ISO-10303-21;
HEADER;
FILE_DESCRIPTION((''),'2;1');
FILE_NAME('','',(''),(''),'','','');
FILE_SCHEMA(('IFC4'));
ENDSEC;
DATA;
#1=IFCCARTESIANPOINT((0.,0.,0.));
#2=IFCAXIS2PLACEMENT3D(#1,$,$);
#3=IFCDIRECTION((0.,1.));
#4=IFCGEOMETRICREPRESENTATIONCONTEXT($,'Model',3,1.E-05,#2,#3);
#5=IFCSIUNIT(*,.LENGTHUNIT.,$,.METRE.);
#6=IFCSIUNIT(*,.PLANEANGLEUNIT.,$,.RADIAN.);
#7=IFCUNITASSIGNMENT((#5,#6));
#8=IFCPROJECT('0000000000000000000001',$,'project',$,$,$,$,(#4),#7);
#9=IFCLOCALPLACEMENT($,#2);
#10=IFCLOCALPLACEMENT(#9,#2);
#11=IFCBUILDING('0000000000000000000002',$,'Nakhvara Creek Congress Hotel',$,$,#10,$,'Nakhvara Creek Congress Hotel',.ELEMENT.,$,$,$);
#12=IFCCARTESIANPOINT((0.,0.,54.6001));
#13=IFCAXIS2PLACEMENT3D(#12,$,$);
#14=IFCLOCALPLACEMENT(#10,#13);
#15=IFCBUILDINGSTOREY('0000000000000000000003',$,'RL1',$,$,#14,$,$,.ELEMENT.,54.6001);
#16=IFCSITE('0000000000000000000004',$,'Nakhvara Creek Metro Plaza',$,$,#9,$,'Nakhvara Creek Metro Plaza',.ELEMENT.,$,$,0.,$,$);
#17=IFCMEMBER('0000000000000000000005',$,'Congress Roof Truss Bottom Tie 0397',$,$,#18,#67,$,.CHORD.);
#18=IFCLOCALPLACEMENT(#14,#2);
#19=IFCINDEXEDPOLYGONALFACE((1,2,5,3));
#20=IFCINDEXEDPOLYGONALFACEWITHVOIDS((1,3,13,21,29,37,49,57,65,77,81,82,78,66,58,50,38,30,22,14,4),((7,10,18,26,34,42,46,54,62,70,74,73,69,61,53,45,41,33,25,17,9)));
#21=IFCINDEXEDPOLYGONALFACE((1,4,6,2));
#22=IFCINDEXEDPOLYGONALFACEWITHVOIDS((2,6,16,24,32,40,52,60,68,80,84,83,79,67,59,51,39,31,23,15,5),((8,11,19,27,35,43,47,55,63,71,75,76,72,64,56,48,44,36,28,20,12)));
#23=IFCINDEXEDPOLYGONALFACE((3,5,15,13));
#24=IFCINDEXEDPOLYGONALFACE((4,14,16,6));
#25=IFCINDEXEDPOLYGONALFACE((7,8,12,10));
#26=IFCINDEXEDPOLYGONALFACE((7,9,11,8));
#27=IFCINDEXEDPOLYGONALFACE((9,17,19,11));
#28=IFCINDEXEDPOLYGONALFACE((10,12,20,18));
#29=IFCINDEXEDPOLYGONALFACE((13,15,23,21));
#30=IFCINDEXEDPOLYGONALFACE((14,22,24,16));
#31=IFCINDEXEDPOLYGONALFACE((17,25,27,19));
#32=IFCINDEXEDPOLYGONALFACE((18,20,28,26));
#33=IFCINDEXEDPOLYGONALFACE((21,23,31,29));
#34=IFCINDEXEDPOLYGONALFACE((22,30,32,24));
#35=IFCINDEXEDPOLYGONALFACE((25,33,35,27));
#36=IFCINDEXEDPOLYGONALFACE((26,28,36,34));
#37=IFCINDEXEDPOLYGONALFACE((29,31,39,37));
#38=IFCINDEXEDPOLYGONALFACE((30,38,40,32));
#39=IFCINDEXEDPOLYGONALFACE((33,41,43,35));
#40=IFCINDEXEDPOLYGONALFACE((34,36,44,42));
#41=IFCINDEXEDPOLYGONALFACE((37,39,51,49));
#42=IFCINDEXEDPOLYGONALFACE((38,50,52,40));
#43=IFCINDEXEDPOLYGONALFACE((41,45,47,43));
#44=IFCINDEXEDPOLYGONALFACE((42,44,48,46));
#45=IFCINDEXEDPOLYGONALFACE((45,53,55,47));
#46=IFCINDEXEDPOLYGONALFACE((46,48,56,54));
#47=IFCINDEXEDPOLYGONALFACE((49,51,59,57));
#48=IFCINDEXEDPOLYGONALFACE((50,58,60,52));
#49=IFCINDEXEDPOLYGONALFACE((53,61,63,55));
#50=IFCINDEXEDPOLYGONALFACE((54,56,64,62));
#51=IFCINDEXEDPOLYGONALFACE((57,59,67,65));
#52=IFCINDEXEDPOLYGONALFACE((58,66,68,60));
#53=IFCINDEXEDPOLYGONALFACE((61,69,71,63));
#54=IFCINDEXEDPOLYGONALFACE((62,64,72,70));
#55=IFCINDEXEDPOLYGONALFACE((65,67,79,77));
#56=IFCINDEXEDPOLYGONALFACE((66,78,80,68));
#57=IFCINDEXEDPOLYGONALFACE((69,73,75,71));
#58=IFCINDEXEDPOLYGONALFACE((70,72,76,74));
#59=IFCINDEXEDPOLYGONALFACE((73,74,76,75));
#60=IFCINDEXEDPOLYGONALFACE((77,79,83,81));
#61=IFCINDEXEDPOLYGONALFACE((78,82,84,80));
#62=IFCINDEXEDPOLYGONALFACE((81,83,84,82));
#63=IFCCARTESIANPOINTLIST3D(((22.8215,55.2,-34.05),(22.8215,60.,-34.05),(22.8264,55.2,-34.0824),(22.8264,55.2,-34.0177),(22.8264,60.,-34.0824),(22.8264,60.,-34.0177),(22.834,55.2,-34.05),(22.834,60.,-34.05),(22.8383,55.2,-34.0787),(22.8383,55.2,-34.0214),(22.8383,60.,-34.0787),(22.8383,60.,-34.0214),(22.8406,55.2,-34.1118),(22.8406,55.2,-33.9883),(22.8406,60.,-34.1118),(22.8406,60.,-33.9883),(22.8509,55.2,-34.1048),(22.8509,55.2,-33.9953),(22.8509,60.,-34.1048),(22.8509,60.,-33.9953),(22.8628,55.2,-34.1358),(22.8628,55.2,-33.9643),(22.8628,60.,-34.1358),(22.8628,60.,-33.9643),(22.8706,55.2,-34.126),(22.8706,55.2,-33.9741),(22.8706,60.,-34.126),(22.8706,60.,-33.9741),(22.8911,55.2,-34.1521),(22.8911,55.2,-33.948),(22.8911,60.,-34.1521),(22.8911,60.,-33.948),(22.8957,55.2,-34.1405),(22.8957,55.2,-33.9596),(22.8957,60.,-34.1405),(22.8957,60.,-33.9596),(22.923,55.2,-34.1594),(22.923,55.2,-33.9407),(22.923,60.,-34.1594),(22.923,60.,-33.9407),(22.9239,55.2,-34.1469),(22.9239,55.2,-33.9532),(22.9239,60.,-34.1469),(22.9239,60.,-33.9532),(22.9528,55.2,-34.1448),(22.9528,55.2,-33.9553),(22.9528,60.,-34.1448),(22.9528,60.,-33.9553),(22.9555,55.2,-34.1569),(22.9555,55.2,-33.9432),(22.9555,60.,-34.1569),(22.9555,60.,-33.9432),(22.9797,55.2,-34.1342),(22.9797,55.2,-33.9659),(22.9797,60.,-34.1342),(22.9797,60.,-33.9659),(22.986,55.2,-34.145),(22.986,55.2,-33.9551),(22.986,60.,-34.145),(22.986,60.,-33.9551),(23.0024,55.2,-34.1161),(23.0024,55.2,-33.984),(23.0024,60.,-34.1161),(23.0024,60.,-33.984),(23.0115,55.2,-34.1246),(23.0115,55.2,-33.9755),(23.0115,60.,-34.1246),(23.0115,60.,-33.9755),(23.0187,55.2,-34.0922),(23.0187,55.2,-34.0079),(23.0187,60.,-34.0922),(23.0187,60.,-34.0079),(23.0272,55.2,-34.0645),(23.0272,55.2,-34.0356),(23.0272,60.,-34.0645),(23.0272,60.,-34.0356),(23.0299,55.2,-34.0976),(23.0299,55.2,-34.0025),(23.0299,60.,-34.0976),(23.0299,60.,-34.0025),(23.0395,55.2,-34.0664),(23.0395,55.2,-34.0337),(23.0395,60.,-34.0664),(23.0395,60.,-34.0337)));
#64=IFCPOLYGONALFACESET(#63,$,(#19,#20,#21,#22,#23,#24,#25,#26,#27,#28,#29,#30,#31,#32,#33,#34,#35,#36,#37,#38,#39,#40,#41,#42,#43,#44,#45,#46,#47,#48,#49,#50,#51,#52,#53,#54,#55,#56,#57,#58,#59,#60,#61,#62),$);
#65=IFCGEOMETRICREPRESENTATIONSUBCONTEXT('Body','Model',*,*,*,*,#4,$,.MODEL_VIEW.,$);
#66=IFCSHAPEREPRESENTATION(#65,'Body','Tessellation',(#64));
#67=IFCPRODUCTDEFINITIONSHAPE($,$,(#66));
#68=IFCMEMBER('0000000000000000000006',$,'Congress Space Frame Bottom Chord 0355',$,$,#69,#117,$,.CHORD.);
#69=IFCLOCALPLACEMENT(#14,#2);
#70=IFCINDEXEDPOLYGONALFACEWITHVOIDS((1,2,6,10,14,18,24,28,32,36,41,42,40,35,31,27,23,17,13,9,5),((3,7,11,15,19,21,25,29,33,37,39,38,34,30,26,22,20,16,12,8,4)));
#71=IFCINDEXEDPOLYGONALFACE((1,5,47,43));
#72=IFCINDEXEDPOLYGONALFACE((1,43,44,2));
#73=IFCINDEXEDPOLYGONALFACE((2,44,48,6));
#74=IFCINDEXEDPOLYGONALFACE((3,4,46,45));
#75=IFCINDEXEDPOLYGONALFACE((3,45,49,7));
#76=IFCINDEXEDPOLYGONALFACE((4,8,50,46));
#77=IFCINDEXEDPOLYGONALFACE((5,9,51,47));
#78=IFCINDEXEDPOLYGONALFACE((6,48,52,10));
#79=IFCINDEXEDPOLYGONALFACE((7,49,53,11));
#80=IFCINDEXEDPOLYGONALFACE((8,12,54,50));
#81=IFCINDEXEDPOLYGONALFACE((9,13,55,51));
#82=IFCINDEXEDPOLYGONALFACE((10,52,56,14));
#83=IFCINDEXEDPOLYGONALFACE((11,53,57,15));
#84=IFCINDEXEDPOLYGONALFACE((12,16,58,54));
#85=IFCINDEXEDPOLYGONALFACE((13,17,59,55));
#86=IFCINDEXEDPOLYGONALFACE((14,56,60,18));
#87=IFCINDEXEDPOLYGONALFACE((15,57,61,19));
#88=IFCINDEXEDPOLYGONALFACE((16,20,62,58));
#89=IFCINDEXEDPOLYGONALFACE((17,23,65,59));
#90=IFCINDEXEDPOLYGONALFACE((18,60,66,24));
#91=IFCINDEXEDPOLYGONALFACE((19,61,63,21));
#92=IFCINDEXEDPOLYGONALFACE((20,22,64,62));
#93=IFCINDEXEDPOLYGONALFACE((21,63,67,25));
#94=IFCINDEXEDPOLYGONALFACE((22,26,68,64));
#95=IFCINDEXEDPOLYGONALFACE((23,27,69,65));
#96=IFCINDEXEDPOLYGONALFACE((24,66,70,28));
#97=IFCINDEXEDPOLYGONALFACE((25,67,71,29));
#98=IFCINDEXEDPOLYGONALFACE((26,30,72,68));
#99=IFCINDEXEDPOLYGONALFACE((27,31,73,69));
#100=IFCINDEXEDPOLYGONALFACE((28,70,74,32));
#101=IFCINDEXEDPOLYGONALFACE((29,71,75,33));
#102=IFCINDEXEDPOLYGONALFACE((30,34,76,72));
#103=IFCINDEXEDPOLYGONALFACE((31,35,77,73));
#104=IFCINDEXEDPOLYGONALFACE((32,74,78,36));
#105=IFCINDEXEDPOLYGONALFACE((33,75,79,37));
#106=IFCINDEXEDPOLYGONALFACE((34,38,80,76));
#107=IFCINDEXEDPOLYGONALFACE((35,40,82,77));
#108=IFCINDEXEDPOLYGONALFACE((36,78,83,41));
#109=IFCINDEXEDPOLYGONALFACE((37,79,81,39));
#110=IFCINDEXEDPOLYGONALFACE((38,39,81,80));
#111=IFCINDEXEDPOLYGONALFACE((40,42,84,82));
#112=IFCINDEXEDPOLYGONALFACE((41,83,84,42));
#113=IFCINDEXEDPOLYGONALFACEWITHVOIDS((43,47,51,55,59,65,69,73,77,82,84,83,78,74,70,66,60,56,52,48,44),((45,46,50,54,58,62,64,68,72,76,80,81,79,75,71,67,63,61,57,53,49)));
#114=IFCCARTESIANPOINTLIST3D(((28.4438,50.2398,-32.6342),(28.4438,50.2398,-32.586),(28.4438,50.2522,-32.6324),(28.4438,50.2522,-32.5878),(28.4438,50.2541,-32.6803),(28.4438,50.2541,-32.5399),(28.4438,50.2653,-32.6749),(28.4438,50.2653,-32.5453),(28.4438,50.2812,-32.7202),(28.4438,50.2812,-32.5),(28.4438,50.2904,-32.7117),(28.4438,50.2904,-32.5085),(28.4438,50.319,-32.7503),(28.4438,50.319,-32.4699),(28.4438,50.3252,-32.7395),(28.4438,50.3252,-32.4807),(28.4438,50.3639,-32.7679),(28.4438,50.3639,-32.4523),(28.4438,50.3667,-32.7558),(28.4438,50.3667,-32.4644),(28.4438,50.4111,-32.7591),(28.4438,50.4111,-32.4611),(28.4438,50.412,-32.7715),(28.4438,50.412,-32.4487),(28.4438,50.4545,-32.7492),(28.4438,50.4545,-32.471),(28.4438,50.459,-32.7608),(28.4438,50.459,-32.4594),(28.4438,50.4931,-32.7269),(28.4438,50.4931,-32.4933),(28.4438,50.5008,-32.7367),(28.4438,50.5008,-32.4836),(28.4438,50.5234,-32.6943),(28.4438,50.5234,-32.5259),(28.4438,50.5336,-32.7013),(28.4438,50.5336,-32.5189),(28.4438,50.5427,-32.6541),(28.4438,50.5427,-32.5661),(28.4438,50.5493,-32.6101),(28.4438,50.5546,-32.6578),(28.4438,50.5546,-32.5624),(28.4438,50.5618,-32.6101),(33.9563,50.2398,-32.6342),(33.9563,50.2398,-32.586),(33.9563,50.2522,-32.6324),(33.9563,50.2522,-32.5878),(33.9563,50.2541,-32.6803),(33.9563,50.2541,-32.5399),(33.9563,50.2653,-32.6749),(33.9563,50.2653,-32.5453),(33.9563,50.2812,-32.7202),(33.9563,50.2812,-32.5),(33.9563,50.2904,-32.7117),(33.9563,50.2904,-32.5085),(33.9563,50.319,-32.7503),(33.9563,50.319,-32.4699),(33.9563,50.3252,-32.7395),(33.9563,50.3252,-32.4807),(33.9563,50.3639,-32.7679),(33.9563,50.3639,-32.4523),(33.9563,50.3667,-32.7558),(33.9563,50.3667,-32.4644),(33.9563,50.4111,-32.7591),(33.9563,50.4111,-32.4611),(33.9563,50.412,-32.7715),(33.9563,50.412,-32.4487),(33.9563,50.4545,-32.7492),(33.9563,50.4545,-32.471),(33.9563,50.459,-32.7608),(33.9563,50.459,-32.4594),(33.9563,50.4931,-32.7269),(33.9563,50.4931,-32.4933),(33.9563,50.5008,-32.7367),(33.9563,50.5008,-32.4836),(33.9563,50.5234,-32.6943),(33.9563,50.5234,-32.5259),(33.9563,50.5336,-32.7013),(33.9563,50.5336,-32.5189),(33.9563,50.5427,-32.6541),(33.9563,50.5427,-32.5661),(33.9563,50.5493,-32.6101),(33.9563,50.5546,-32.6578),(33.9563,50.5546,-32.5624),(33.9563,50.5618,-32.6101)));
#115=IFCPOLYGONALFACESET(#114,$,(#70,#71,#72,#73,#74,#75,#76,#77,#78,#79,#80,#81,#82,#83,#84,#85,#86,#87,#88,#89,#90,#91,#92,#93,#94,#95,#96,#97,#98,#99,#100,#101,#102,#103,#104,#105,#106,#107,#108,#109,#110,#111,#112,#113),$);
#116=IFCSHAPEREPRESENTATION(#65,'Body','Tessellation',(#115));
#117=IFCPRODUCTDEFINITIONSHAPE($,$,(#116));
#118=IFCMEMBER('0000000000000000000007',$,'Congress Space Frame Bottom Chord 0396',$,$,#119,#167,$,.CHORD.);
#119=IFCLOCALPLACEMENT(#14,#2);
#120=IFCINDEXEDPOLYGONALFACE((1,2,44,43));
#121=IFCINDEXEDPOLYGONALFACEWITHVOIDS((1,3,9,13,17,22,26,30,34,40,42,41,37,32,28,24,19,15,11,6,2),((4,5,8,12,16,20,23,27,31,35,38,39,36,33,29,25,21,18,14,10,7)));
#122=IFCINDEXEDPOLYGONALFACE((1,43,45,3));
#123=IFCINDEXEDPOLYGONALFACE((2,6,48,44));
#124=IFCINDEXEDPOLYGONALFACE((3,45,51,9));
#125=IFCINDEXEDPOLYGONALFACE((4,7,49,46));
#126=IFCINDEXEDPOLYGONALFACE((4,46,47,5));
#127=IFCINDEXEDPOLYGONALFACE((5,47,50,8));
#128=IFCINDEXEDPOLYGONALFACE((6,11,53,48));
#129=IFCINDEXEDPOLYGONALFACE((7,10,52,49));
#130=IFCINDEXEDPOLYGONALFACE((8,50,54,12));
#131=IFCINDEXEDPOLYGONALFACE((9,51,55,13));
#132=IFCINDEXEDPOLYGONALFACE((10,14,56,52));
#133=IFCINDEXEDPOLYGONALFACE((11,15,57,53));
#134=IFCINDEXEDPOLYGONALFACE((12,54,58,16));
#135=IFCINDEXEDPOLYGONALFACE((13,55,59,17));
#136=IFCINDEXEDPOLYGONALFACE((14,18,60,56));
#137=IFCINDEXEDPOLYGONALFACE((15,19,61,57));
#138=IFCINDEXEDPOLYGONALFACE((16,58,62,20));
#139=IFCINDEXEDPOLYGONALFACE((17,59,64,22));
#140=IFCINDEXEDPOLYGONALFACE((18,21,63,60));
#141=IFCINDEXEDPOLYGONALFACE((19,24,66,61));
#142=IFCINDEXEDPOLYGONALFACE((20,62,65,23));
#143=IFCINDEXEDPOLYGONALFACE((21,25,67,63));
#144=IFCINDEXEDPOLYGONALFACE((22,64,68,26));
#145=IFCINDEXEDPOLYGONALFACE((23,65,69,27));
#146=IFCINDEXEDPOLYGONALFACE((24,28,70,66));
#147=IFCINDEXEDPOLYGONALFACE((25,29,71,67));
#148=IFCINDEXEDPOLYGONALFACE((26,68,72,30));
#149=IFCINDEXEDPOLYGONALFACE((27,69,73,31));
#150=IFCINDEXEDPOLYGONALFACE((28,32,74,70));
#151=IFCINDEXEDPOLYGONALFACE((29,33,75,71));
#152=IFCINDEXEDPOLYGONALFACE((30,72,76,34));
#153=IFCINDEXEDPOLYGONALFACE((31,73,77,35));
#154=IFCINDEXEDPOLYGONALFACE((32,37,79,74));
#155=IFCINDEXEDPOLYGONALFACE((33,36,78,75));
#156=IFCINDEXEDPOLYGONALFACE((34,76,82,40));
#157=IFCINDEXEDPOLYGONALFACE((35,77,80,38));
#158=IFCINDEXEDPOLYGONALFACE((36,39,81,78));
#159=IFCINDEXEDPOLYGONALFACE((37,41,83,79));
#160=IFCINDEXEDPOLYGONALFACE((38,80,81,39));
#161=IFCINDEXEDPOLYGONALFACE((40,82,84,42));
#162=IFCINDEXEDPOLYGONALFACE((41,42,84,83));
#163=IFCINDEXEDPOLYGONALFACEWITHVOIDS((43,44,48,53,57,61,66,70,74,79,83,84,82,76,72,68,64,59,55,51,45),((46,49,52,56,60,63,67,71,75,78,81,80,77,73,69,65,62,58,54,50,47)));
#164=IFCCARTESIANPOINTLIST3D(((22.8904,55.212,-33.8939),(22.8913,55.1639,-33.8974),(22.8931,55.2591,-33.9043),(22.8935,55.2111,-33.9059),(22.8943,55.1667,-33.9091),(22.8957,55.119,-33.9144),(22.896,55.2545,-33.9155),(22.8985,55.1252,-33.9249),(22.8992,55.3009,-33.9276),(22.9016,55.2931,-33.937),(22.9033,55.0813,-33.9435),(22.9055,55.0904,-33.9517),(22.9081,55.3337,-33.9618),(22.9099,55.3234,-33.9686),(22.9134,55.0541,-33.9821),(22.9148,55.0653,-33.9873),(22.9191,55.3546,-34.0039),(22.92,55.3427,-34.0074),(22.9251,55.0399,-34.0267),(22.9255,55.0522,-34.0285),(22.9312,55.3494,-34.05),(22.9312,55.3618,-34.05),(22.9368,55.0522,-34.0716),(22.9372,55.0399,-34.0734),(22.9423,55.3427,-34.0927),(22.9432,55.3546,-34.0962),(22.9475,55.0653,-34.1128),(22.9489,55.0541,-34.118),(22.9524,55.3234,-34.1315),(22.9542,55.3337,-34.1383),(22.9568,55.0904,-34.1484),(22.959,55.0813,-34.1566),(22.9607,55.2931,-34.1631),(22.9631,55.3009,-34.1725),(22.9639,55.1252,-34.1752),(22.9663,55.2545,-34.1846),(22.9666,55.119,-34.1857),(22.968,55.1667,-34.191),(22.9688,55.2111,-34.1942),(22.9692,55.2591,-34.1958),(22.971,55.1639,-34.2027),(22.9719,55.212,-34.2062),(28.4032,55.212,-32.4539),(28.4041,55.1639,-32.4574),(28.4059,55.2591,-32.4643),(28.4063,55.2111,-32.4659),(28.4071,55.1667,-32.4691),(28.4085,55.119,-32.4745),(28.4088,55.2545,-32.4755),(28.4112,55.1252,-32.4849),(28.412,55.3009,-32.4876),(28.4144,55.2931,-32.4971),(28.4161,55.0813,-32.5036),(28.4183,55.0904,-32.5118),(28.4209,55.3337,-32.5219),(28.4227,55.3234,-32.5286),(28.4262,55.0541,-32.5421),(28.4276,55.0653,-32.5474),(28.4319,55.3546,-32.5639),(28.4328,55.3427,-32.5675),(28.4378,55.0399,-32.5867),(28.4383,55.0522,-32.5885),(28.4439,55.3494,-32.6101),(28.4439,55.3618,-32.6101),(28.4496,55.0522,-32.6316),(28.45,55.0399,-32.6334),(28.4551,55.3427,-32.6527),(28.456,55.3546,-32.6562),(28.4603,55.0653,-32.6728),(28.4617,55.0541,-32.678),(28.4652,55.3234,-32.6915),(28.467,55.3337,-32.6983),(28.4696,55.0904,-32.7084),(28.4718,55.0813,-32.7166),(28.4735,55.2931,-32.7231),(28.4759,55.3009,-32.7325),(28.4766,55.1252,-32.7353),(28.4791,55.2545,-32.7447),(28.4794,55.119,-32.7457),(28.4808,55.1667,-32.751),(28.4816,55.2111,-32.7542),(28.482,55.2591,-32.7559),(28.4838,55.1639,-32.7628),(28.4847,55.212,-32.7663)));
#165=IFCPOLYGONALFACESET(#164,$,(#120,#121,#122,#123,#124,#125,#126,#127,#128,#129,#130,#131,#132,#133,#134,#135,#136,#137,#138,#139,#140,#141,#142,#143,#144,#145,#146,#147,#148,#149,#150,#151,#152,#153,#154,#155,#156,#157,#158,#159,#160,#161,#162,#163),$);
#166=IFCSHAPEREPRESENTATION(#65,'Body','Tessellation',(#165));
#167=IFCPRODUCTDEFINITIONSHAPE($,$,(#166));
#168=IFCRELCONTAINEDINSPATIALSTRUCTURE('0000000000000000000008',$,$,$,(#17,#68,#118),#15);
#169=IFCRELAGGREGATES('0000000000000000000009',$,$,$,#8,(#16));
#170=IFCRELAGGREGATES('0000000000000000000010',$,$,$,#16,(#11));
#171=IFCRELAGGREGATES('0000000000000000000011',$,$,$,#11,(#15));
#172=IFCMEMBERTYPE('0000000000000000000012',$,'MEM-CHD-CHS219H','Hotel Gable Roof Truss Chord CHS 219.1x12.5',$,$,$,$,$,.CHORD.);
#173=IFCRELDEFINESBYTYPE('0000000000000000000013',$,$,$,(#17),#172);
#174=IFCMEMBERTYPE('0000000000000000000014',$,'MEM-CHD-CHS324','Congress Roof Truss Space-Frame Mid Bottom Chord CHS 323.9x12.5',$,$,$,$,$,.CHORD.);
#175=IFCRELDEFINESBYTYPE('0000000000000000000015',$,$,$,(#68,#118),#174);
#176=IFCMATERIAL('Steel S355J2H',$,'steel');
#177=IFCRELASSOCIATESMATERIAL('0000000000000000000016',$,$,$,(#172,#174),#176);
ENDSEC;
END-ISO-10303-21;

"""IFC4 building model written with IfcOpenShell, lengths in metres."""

from ifc_helpers import new_model, si_unit, direction, frame, origin, origin_2d, place, context, subcontext, project, spatial, hollow_circle, extrude, material, material_profile, profile_set, type_object, element, save


model = new_model("IFC4")

# Units and contexts
model_context = context("Model", 3, precision=1e-05, world=origin(), true_north=direction((0.0, 1.0)))
body_context = subcontext(model_context, "Body", "Model", "MODEL_VIEW")
ifc_project = project(units=[si_unit("LENGTHUNIT", "METRE"), si_unit("PLANEANGLEUNIT", "RADIAN")], contexts=[model_context])

# Site, building, storey
site_placement = place(None, origin())
site = spatial("IfcSite", under=ifc_project, at=site_placement, Name="Nakhvara Creek Metro Plaza", LongName="Nakhvara Creek Metro Plaza", CompositionType="ELEMENT", RefElevation=0.0)
building_placement = place(site_placement, origin())
building = spatial("IfcBuilding", under=site, at=building_placement, Name="Nakhvara Creek Congress Hotel", LongName="Nakhvara Creek Congress Hotel", CompositionType="ELEMENT")
storey_placement = place(building_placement, frame((0.0, 0.0, 54.6001)))
storey = spatial("IfcBuildingStorey", under=building, at=storey_placement, Name="RL1", CompositionType="ELEMENT", Elevation=54.6001)

# Members
ifc_material_1 = material(Name="Steel S355J2H", Category="steel")
ifc_material_profile_1 = material_profile(ifc_material_1, hollow_circle(Radius=0.1096, WallThickness=0.0125, at=origin_2d()), Name="CHS 219.1x12.5", Category="LoadBearing")
ifc_profile_set_1 = profile_set([ifc_material_profile_1], Name="Steel S355J2H")
member_type_1 = type_object("IfcMemberType", Name="MEM-CHD-CHS219H", Description="Hotel Gable Roof Truss Chord CHS 219.1x12.5", PredefinedType="CHORD", material=ifc_profile_set_1)
for number, where, z_axis, x_axis, name in (
    (1, (22.9312, 55.2, -34.05), (0.0, 1.0, 0.0), (-1.0, 0.0, 0.0), "Congress Roof Truss Bottom Tie 0397"),
):
    element("IfcMember", number, at=place(storey_placement, frame(where, z_axis=z_axis, x_axis=x_axis)), inside=storey, type_object=member_type_1, Name=name, PredefinedType="CHORD", context=body_context, shape_type="SweptSolid", body=[
        extrude(hollow_circle(Radius=0.1096, WallThickness=0.0125, at=origin_2d()), origin(), (0.0, 0.0, 1.0), 4.8),
    ])
ifc_material_profile_2 = material_profile(ifc_material_1, hollow_circle(Radius=0.1619, WallThickness=0.0125, at=origin_2d()), Name="CHS 323.9x12.5", Category="LoadBearing")
ifc_profile_set_2 = profile_set([ifc_material_profile_2], Name="Steel S355J2H")
member_type_2 = type_object("IfcMemberType", Name="MEM-CHD-CHS324", Description="Congress Roof Truss Space-Frame Mid Bottom Chord CHS 323.9x12.5", PredefinedType="CHORD", material=ifc_profile_set_2)
member_1_placement = place(storey_placement, frame((28.4438, 50.3999, -32.6101), z_axis=(1.0, 0.0, 0.0), x_axis=(0.0, 1.0, 0.0)))
element("IfcMember", 2, at=member_1_placement, inside=storey, type_object=member_type_2, Name="Congress Space Frame Bottom Chord 0355", PredefinedType="CHORD", context=body_context, shape_type="SweptSolid", body=[
    extrude(hollow_circle(Radius=0.1619, WallThickness=0.0125, at=origin_2d()), origin(), (0.0, 0.0, 1.0), 5.5125),
])
member_2_placement = place(storey_placement, frame((22.9312, 55.2, -34.05), z_axis=(0.967538, 0.0, 0.252725), x_axis=(0.0, 1.0, 0.0)))
element("IfcMember", 3, at=member_2_placement, inside=storey, type_object=member_type_2, Name="Congress Space Frame Bottom Chord 0396", PredefinedType="CHORD", context=body_context, shape_type="SweptSolid", body=[
    extrude(hollow_circle(Radius=0.1619, WallThickness=0.0125, at=origin_2d()), origin(), (0.0, 0.0, 1.0), 5.6978),
])

save(model, "model.ifc")
